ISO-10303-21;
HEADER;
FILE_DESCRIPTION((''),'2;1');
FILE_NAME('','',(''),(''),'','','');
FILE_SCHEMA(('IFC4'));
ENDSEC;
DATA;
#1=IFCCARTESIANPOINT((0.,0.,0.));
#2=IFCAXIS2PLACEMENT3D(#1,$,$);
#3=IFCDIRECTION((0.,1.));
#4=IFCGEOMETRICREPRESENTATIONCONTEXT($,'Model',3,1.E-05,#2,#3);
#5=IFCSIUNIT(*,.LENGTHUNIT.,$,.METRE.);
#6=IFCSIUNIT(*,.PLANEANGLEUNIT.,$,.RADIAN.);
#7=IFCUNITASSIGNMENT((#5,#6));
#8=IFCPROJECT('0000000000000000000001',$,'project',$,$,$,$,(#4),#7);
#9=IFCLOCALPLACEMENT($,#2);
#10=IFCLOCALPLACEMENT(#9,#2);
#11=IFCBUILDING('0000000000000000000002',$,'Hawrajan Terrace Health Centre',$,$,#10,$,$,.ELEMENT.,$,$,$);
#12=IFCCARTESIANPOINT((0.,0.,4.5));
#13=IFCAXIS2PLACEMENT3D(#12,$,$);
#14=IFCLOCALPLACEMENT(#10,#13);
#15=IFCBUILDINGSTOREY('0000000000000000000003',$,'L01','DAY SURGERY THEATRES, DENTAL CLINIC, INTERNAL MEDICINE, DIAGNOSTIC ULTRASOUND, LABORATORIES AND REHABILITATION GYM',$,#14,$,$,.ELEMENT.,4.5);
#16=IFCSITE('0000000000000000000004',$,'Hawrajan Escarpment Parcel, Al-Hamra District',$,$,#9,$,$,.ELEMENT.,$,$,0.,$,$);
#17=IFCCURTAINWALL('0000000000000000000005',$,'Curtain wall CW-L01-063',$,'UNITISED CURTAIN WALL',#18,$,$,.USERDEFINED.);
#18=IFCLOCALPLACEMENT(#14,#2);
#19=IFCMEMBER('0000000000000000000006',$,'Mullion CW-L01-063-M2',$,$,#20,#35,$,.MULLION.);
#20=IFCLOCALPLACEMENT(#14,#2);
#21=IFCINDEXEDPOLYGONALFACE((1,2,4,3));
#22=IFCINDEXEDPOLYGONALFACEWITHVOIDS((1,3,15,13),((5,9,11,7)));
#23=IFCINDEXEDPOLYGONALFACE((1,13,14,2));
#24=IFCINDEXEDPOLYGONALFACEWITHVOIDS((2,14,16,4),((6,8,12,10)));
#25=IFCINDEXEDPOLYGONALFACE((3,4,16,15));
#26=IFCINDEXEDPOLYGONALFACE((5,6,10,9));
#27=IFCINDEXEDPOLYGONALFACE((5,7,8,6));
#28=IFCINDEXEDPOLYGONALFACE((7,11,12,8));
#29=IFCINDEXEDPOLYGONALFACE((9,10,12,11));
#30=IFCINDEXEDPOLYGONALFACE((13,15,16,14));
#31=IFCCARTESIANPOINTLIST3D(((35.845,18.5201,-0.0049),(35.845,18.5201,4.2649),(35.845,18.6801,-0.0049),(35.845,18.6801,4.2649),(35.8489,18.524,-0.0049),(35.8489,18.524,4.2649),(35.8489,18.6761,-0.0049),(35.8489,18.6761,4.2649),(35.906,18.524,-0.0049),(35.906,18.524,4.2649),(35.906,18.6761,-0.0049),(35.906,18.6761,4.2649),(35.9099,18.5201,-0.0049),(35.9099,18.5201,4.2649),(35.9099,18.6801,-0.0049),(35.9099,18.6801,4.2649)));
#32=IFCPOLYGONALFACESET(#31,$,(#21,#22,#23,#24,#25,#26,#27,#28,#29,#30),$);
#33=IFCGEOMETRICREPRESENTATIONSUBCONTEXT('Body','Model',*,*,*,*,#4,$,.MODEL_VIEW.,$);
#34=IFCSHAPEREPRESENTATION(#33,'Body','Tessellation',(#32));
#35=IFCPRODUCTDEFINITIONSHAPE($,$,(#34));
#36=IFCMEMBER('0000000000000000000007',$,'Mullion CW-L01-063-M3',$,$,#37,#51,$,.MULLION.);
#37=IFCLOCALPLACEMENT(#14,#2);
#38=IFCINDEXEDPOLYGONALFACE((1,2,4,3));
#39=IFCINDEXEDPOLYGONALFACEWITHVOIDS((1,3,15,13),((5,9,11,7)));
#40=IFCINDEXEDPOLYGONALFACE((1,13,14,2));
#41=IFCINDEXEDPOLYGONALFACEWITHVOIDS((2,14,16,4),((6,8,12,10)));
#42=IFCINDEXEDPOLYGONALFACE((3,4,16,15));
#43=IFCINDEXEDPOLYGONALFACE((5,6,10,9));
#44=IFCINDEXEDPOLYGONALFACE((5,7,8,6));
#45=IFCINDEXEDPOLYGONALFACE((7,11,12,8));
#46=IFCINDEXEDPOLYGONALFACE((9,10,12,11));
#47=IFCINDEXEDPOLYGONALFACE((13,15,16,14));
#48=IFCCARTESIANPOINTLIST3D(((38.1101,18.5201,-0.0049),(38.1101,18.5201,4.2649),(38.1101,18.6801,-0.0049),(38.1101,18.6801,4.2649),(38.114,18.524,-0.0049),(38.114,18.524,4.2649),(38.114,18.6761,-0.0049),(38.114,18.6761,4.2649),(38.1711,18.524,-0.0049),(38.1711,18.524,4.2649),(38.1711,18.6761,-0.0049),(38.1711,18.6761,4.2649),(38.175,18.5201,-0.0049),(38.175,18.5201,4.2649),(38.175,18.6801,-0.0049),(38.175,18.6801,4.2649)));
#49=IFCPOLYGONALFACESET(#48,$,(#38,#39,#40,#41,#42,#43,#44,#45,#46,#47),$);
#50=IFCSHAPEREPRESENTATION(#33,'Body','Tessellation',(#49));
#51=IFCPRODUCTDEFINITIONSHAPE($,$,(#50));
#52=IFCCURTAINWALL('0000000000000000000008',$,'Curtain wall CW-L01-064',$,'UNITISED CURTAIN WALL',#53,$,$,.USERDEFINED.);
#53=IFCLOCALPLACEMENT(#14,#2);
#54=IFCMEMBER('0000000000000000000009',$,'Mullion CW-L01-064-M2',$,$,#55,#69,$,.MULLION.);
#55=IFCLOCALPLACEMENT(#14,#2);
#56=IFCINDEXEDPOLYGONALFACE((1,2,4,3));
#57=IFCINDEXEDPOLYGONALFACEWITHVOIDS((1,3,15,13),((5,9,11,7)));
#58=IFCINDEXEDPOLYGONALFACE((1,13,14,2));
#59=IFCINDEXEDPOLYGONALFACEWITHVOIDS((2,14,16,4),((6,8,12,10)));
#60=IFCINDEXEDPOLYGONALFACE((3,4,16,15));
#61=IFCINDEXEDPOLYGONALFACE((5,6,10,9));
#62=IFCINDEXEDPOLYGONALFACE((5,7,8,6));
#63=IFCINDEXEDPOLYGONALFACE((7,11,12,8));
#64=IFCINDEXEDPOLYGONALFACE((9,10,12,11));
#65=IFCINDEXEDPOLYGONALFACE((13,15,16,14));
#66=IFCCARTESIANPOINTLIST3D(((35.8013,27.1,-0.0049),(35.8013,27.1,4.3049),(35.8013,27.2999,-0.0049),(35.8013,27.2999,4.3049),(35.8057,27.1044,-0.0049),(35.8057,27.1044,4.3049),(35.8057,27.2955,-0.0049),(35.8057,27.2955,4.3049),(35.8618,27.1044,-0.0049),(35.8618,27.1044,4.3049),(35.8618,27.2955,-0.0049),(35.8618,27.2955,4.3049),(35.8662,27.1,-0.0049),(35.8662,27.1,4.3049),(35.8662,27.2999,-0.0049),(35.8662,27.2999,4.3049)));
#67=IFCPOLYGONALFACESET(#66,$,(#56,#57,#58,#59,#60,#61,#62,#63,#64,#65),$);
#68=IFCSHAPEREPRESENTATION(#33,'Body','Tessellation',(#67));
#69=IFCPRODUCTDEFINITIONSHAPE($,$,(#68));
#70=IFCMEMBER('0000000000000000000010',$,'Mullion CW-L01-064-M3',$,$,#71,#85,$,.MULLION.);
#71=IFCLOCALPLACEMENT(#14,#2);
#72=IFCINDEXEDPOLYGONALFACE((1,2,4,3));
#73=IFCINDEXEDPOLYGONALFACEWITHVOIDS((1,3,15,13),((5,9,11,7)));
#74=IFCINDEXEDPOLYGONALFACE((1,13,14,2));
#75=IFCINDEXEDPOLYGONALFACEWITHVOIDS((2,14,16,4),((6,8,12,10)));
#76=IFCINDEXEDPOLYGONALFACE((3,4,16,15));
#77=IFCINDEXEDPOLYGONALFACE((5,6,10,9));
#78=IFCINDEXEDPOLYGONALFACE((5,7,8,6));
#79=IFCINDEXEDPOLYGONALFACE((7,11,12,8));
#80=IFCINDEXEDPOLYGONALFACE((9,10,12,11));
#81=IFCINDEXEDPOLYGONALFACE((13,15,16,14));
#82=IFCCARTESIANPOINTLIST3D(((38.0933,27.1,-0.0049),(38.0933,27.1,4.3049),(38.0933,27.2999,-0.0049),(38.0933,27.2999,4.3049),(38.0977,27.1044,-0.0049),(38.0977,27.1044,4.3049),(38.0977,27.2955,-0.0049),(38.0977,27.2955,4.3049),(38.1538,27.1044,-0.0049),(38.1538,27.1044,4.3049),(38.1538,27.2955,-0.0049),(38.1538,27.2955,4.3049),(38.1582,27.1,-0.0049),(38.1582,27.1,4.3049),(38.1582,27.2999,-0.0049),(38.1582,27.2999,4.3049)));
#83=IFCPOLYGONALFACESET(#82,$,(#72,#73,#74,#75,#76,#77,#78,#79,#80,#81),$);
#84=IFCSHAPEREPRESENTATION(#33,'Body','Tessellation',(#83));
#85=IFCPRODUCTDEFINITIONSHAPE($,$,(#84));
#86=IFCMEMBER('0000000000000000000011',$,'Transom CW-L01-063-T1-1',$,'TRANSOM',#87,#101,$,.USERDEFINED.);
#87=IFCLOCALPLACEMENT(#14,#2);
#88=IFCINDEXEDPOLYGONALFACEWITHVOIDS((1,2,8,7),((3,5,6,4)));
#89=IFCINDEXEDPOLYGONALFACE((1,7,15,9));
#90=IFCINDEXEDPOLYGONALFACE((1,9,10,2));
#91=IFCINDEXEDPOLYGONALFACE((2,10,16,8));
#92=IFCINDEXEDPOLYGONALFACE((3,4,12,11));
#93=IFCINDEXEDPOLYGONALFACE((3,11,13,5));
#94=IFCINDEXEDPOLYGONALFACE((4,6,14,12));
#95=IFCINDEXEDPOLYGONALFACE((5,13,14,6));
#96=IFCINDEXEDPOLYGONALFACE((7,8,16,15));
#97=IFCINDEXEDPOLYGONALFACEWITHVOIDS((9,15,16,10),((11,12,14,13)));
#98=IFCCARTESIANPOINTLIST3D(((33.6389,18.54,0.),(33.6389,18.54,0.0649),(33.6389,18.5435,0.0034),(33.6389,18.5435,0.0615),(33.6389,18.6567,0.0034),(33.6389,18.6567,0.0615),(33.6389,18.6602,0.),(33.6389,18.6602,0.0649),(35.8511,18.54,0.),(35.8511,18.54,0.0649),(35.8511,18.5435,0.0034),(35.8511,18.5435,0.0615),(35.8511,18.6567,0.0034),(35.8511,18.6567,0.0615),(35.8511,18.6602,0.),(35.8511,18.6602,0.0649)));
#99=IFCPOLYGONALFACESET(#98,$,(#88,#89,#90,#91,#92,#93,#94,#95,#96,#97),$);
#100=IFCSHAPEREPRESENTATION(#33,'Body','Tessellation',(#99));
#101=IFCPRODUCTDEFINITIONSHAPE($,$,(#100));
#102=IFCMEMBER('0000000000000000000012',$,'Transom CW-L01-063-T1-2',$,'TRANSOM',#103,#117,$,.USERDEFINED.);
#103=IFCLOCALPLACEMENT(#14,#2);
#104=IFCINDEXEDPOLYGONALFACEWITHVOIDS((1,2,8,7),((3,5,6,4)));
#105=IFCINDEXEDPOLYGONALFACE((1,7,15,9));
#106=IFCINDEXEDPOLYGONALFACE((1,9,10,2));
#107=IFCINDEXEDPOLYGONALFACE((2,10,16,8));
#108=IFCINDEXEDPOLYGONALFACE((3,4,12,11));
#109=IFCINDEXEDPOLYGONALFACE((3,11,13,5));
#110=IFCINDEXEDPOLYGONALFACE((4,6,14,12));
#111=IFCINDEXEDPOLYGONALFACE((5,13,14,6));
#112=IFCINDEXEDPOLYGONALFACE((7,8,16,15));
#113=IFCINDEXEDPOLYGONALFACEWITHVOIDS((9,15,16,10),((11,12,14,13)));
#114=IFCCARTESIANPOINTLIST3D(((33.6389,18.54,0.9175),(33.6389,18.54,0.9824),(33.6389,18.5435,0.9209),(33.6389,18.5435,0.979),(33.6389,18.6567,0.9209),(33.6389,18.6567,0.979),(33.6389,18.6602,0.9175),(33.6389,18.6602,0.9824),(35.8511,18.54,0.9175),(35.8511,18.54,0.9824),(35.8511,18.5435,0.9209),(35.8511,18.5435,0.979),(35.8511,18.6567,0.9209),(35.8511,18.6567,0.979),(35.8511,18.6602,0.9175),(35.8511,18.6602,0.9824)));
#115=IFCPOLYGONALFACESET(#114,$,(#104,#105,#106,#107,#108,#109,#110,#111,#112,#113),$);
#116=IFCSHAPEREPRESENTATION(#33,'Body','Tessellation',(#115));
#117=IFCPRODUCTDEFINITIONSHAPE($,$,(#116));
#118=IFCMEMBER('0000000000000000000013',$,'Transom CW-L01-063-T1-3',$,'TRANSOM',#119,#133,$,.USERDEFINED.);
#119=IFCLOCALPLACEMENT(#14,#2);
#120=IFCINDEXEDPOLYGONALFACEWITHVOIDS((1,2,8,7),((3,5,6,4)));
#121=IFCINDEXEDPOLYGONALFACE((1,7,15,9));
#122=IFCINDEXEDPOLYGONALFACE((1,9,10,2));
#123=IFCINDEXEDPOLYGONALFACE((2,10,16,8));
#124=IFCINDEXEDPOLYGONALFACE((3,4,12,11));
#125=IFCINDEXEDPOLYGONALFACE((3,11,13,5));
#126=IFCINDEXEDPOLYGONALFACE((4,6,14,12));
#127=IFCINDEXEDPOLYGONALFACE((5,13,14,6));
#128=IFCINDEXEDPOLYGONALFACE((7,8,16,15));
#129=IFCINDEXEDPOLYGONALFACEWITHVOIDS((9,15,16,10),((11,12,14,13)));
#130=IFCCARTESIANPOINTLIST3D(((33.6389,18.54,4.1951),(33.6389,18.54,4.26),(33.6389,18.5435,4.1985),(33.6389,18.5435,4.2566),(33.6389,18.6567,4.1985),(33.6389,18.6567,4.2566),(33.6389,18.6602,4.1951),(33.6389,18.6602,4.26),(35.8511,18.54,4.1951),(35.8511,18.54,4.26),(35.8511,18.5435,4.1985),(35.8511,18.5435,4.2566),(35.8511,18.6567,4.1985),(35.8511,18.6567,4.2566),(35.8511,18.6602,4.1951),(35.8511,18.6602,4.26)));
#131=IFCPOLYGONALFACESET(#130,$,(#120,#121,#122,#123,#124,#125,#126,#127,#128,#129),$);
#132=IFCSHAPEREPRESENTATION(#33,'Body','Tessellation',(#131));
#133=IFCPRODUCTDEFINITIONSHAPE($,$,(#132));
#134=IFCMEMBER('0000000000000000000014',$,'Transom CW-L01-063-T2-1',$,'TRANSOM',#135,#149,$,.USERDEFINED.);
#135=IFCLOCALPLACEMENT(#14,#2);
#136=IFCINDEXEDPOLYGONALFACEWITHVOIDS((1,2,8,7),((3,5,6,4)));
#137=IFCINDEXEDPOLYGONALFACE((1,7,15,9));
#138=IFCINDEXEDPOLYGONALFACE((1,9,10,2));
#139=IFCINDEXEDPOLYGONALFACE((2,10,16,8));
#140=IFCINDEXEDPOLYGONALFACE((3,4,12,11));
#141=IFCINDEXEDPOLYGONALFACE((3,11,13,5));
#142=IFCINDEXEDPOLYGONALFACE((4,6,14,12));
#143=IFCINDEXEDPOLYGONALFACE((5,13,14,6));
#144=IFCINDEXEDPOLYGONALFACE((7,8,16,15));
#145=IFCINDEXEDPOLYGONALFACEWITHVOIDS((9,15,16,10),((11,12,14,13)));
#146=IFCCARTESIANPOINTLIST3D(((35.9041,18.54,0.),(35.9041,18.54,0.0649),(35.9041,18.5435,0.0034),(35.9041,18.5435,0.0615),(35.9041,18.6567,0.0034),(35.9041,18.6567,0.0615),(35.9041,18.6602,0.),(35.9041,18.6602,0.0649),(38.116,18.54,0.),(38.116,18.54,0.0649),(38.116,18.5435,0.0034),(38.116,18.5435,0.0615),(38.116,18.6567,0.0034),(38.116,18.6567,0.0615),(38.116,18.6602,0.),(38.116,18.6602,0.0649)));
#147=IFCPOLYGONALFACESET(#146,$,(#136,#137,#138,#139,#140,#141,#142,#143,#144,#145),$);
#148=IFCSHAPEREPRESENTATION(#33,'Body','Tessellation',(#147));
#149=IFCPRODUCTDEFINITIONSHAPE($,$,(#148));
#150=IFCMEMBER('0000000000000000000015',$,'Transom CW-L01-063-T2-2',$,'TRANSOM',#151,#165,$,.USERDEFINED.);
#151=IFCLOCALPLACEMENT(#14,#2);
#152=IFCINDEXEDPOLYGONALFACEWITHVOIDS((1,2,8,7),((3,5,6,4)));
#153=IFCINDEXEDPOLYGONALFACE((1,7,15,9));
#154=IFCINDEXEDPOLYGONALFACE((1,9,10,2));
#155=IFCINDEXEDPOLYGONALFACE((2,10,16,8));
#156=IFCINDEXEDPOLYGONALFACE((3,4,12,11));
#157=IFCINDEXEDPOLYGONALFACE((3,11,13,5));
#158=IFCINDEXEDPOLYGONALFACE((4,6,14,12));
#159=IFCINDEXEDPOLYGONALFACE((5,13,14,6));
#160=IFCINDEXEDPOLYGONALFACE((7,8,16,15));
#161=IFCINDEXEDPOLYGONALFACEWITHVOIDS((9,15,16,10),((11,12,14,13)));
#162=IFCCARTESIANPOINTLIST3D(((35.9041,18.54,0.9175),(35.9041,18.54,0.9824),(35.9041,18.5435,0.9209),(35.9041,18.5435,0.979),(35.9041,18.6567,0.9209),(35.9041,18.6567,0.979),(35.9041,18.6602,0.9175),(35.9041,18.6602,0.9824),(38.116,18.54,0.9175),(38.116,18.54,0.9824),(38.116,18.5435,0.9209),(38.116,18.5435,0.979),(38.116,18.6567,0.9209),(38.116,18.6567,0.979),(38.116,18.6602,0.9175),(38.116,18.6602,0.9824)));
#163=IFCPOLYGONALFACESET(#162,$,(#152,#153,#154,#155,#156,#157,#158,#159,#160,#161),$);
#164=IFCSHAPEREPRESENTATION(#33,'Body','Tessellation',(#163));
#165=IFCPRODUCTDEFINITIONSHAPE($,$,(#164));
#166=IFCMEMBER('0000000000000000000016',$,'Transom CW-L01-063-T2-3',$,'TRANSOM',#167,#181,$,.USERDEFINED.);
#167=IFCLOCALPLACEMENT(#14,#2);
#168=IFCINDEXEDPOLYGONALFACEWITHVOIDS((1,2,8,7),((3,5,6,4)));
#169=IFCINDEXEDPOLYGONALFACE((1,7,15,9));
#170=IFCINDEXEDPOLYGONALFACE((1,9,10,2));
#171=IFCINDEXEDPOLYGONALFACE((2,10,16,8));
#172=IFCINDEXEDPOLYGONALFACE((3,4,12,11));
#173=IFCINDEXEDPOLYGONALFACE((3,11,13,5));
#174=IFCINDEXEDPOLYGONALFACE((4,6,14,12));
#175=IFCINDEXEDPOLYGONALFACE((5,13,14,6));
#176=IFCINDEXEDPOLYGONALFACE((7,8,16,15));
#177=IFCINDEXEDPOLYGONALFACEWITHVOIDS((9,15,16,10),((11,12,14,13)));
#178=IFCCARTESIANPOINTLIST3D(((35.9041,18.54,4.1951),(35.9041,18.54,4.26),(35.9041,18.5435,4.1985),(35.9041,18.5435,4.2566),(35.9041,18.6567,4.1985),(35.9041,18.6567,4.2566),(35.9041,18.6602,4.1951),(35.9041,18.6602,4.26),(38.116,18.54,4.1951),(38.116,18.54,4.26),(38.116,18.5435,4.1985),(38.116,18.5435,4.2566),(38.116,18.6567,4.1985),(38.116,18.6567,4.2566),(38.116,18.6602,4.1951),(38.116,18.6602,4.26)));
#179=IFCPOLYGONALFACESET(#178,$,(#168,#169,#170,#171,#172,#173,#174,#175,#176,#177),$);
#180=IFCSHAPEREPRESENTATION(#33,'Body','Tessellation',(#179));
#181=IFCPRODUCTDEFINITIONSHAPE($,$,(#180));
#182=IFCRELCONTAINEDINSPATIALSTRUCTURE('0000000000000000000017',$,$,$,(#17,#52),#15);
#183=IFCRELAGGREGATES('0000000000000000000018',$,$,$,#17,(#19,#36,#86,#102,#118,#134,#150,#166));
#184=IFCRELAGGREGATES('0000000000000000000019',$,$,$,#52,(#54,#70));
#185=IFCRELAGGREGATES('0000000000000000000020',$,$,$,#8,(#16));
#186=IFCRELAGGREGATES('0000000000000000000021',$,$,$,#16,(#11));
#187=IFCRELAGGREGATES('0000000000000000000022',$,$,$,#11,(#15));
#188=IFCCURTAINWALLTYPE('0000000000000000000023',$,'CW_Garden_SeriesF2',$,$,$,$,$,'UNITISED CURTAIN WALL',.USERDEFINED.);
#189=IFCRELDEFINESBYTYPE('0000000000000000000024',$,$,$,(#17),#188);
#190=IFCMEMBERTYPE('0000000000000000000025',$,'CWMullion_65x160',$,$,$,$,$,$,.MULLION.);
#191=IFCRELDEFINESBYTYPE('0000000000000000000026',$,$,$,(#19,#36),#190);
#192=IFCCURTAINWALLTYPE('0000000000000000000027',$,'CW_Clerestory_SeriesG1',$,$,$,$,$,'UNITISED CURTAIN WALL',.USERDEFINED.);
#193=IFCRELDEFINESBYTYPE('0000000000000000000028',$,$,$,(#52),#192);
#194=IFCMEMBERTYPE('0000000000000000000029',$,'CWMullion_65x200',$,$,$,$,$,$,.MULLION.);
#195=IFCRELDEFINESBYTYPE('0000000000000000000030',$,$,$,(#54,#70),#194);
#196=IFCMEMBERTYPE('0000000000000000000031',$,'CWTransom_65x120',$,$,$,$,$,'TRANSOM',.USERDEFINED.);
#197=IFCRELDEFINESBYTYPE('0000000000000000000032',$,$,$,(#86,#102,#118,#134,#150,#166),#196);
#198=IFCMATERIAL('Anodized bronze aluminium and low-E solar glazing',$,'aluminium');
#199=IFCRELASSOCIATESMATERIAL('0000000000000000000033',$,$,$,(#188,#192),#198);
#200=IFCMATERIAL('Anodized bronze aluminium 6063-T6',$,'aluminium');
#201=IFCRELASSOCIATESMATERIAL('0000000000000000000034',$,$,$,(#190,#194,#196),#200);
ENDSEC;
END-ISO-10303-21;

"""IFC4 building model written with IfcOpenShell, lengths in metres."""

from ifc_helpers import new_model, si_unit, direction, frame, origin, origin_2d, place, context, subcontext, project, spatial, hollow_rectangle, extrude, material, material_profile, profile_set, type_object, element, aggregate, save


model = new_model("IFC4")

# Units and contexts
model_context = context("Model", 3, precision=1e-05, world=origin(), true_north=direction((0.0, 1.0)))
body_context = subcontext(model_context, "Body", "Model", "MODEL_VIEW")
ifc_project = project(units=[si_unit("LENGTHUNIT", "METRE"), si_unit("PLANEANGLEUNIT", "RADIAN")], contexts=[model_context])

# Site, building, storey
site_placement = place(None, origin())
site = spatial("IfcSite", under=ifc_project, at=site_placement, Name="Hawrajan Escarpment Parcel, Al-Hamra District", CompositionType="ELEMENT", RefElevation=0.0)
building_placement = place(site_placement, origin())
building = spatial("IfcBuilding", under=site, at=building_placement, Name="Hawrajan Terrace Health Centre", CompositionType="ELEMENT")
storey_placement = place(building_placement, frame((0.0, 0.0, 4.5)))
storey = spatial("IfcBuildingStorey", under=building, at=storey_placement, Name="L01", Description="DAY SURGERY THEATRES, DENTAL CLINIC, INTERNAL MEDICINE, DIAGNOSTIC ULTRASOUND, LABORATORIES AND REHABILITATION GYM", CompositionType="ELEMENT", Elevation=4.5)

# Curtain walls, members
ifc_material_1 = material(Name="Anodized bronze aluminium and low-E solar glazing", Category="aluminium")
curtain_wall_type_1 = type_object("IfcCurtainWallType", Name="CW_Garden_SeriesF2", ElementType="UNITISED CURTAIN WALL", PredefinedType="USERDEFINED", material=ifc_material_1)
curtain_wall_1_placement = place(storey_placement, origin())
curtain_wall_1 = element("IfcCurtainWall", 1, at=curtain_wall_1_placement, inside=storey, type_object=curtain_wall_type_1, Name="Curtain wall CW-L01-063", ObjectType="UNITISED CURTAIN WALL", PredefinedType="USERDEFINED")
ifc_material_2 = material(Name="Anodized bronze aluminium 6063-T6", Category="aluminium")
ifc_material_profile_1 = material_profile(ifc_material_2, hollow_rectangle(XDim=0.0649, YDim=0.1599, WallThickness=0.0039, at=origin_2d()), Name="CW MUL 65x160")
ifc_profile_set_1 = profile_set([ifc_material_profile_1], Name="Anodized bronze aluminium 6063-T6")
member_type_1 = type_object("IfcMemberType", Name="CWMullion_65x160", PredefinedType="MULLION", material=ifc_profile_set_1)
member_1_placement = place(storey_placement, frame((35.8774, 18.6001, -0.0049), z_axis=(0.0, 0.0, 1.0), x_axis=(1.0, 0.0, 0.0)))
member_1 = element("IfcMember", 2, at=member_1_placement, type_object=member_type_1, Name="Mullion CW-L01-063-M2", PredefinedType="MULLION", context=body_context, shape_type="SweptSolid", body=[
    extrude(hollow_rectangle(XDim=0.0649, YDim=0.1599, WallThickness=0.0039, at=origin_2d()), origin(), (0.0, 0.0, 1.0), 4.2698),
])
member_2_placement = place(storey_placement, frame((38.1426, 18.6001, -0.0049), z_axis=(0.0, 0.0, 1.0), x_axis=(1.0, 0.0, 0.0)))
member_2 = element("IfcMember", 3, at=member_2_placement, type_object=member_type_1, Name="Mullion CW-L01-063-M3", PredefinedType="MULLION", context=body_context, shape_type="SweptSolid", body=[
    extrude(hollow_rectangle(XDim=0.0649, YDim=0.1599, WallThickness=0.0039, at=origin_2d()), origin(), (0.0, 0.0, 1.0), 4.2698),
])
curtain_wall_type_2 = type_object("IfcCurtainWallType", Name="CW_Clerestory_SeriesG1", ElementType="UNITISED CURTAIN WALL", PredefinedType="USERDEFINED", material=ifc_material_1)
curtain_wall_2_placement = place(storey_placement, origin())
curtain_wall_2 = element("IfcCurtainWall", 4, at=curtain_wall_2_placement, inside=storey, type_object=curtain_wall_type_2, Name="Curtain wall CW-L01-064", ObjectType="UNITISED CURTAIN WALL", PredefinedType="USERDEFINED")
ifc_material_profile_2 = material_profile(ifc_material_2, hollow_rectangle(XDim=0.0649, YDim=0.2, WallThickness=0.0044, at=origin_2d()), Name="CW MUL 65x200")
ifc_profile_set_2 = profile_set([ifc_material_profile_2], Name="Anodized bronze aluminium 6063-T6")
member_type_2 = type_object("IfcMemberType", Name="CWMullion_65x200", PredefinedType="MULLION", material=ifc_profile_set_2)
member_3_placement = place(storey_placement, frame((35.8337, 27.2, -0.0049), z_axis=(0.0, 0.0, 1.0), x_axis=(1.0, 0.0, 0.0)))
member_3 = element("IfcMember", 5, at=member_3_placement, type_object=member_type_2, Name="Mullion CW-L01-064-M2", PredefinedType="MULLION", context=body_context, shape_type="SweptSolid", body=[
    extrude(hollow_rectangle(XDim=0.0649, YDim=0.2, WallThickness=0.0044, at=origin_2d()), origin(), (0.0, 0.0, 1.0), 4.3098),
])
member_4_placement = place(storey_placement, frame((38.1257, 27.2, -0.0049), z_axis=(0.0, 0.0, 1.0), x_axis=(1.0, 0.0, 0.0)))
member_4 = element("IfcMember", 6, at=member_4_placement, type_object=member_type_2, Name="Mullion CW-L01-064-M3", PredefinedType="MULLION", context=body_context, shape_type="SweptSolid", body=[
    extrude(hollow_rectangle(XDim=0.0649, YDim=0.2, WallThickness=0.0044, at=origin_2d()), origin(), (0.0, 0.0, 1.0), 4.3098),
])

# Members
ifc_material_profile_3 = material_profile(ifc_material_2, hollow_rectangle(XDim=0.0649, YDim=0.1201, WallThickness=0.0034, at=origin_2d()), Name="CW TRN 65x120")
ifc_profile_set_3 = profile_set([ifc_material_profile_3], Name="Anodized bronze aluminium 6063-T6")
member_type_3 = type_object("IfcMemberType", Name="CWTransom_65x120", ElementType="TRANSOM", PredefinedType="USERDEFINED", material=ifc_profile_set_3)
member_5_placement = place(storey_placement, frame((33.6389, 18.6001, 0.0325), z_axis=(1.0, 0.0, 0.0), x_axis=(0.0, 0.0, 1.0)))
member_5 = element("IfcMember", 7, at=member_5_placement, type_object=member_type_3, Name="Transom CW-L01-063-T1-1", ObjectType="TRANSOM", PredefinedType="USERDEFINED", context=body_context, shape_type="SweptSolid", body=[
    extrude(hollow_rectangle(XDim=0.0649, YDim=0.1201, WallThickness=0.0034, at=origin_2d()), origin(), (0.0, 0.0, 1.0), 2.2122),
])
member_6_placement = place(storey_placement, frame((33.6389, 18.6001, 0.95), z_axis=(1.0, 0.0, 0.0), x_axis=(0.0, 0.0, 1.0)))
member_6 = element("IfcMember", 8, at=member_6_placement, type_object=member_type_3, Name="Transom CW-L01-063-T1-2", ObjectType="TRANSOM", PredefinedType="USERDEFINED", context=body_context, shape_type="SweptSolid", body=[
    extrude(hollow_rectangle(XDim=0.0649, YDim=0.1201, WallThickness=0.0034, at=origin_2d()), origin(), (0.0, 0.0, 1.0), 2.2122),
])
member_7_placement = place(storey_placement, frame((33.6389, 18.6001, 4.2275), z_axis=(1.0, 0.0, 0.0), x_axis=(0.0, 0.0, 1.0)))
member_7 = element("IfcMember", 9, at=member_7_placement, type_object=member_type_3, Name="Transom CW-L01-063-T1-3", ObjectType="TRANSOM", PredefinedType="USERDEFINED", context=body_context, shape_type="SweptSolid", body=[
    extrude(hollow_rectangle(XDim=0.0649, YDim=0.1201, WallThickness=0.0034, at=origin_2d()), origin(), (0.0, 0.0, 1.0), 2.2122),
])
member_8_placement = place(storey_placement, frame((35.9041, 18.6001, 0.0325), z_axis=(1.0, 0.0, 0.0), x_axis=(0.0, 0.0, 1.0)))
member_8 = element("IfcMember", 10, at=member_8_placement, type_object=member_type_3, Name="Transom CW-L01-063-T2-1", ObjectType="TRANSOM", PredefinedType="USERDEFINED", context=body_context, shape_type="SweptSolid", body=[
    extrude(hollow_rectangle(XDim=0.0649, YDim=0.1201, WallThickness=0.0034, at=origin_2d()), origin(), (0.0, 0.0, 1.0), 2.2119),
])
member_9_placement = place(storey_placement, frame((35.9041, 18.6001, 0.95), z_axis=(1.0, 0.0, 0.0), x_axis=(0.0, 0.0, 1.0)))
member_9 = element("IfcMember", 11, at=member_9_placement, type_object=member_type_3, Name="Transom CW-L01-063-T2-2", ObjectType="TRANSOM", PredefinedType="USERDEFINED", context=body_context, shape_type="SweptSolid", body=[
    extrude(hollow_rectangle(XDim=0.0649, YDim=0.1201, WallThickness=0.0034, at=origin_2d()), origin(), (0.0, 0.0, 1.0), 2.2119),
])
member_10_placement = place(storey_placement, frame((35.9041, 18.6001, 4.2275), z_axis=(1.0, 0.0, 0.0), x_axis=(0.0, 0.0, 1.0)))
member_10 = element("IfcMember", 12, at=member_10_placement, type_object=member_type_3, Name="Transom CW-L01-063-T2-3", ObjectType="TRANSOM", PredefinedType="USERDEFINED", context=body_context, shape_type="SweptSolid", body=[
    extrude(hollow_rectangle(XDim=0.0649, YDim=0.1201, WallThickness=0.0034, at=origin_2d()), origin(), (0.0, 0.0, 1.0), 2.2119),
])

aggregate(curtain_wall_1, [member_1, member_2, member_5, member_6, member_7, member_8, member_9, member_10])
aggregate(curtain_wall_2, [member_3, member_4])

save(model, "model.ifc")
